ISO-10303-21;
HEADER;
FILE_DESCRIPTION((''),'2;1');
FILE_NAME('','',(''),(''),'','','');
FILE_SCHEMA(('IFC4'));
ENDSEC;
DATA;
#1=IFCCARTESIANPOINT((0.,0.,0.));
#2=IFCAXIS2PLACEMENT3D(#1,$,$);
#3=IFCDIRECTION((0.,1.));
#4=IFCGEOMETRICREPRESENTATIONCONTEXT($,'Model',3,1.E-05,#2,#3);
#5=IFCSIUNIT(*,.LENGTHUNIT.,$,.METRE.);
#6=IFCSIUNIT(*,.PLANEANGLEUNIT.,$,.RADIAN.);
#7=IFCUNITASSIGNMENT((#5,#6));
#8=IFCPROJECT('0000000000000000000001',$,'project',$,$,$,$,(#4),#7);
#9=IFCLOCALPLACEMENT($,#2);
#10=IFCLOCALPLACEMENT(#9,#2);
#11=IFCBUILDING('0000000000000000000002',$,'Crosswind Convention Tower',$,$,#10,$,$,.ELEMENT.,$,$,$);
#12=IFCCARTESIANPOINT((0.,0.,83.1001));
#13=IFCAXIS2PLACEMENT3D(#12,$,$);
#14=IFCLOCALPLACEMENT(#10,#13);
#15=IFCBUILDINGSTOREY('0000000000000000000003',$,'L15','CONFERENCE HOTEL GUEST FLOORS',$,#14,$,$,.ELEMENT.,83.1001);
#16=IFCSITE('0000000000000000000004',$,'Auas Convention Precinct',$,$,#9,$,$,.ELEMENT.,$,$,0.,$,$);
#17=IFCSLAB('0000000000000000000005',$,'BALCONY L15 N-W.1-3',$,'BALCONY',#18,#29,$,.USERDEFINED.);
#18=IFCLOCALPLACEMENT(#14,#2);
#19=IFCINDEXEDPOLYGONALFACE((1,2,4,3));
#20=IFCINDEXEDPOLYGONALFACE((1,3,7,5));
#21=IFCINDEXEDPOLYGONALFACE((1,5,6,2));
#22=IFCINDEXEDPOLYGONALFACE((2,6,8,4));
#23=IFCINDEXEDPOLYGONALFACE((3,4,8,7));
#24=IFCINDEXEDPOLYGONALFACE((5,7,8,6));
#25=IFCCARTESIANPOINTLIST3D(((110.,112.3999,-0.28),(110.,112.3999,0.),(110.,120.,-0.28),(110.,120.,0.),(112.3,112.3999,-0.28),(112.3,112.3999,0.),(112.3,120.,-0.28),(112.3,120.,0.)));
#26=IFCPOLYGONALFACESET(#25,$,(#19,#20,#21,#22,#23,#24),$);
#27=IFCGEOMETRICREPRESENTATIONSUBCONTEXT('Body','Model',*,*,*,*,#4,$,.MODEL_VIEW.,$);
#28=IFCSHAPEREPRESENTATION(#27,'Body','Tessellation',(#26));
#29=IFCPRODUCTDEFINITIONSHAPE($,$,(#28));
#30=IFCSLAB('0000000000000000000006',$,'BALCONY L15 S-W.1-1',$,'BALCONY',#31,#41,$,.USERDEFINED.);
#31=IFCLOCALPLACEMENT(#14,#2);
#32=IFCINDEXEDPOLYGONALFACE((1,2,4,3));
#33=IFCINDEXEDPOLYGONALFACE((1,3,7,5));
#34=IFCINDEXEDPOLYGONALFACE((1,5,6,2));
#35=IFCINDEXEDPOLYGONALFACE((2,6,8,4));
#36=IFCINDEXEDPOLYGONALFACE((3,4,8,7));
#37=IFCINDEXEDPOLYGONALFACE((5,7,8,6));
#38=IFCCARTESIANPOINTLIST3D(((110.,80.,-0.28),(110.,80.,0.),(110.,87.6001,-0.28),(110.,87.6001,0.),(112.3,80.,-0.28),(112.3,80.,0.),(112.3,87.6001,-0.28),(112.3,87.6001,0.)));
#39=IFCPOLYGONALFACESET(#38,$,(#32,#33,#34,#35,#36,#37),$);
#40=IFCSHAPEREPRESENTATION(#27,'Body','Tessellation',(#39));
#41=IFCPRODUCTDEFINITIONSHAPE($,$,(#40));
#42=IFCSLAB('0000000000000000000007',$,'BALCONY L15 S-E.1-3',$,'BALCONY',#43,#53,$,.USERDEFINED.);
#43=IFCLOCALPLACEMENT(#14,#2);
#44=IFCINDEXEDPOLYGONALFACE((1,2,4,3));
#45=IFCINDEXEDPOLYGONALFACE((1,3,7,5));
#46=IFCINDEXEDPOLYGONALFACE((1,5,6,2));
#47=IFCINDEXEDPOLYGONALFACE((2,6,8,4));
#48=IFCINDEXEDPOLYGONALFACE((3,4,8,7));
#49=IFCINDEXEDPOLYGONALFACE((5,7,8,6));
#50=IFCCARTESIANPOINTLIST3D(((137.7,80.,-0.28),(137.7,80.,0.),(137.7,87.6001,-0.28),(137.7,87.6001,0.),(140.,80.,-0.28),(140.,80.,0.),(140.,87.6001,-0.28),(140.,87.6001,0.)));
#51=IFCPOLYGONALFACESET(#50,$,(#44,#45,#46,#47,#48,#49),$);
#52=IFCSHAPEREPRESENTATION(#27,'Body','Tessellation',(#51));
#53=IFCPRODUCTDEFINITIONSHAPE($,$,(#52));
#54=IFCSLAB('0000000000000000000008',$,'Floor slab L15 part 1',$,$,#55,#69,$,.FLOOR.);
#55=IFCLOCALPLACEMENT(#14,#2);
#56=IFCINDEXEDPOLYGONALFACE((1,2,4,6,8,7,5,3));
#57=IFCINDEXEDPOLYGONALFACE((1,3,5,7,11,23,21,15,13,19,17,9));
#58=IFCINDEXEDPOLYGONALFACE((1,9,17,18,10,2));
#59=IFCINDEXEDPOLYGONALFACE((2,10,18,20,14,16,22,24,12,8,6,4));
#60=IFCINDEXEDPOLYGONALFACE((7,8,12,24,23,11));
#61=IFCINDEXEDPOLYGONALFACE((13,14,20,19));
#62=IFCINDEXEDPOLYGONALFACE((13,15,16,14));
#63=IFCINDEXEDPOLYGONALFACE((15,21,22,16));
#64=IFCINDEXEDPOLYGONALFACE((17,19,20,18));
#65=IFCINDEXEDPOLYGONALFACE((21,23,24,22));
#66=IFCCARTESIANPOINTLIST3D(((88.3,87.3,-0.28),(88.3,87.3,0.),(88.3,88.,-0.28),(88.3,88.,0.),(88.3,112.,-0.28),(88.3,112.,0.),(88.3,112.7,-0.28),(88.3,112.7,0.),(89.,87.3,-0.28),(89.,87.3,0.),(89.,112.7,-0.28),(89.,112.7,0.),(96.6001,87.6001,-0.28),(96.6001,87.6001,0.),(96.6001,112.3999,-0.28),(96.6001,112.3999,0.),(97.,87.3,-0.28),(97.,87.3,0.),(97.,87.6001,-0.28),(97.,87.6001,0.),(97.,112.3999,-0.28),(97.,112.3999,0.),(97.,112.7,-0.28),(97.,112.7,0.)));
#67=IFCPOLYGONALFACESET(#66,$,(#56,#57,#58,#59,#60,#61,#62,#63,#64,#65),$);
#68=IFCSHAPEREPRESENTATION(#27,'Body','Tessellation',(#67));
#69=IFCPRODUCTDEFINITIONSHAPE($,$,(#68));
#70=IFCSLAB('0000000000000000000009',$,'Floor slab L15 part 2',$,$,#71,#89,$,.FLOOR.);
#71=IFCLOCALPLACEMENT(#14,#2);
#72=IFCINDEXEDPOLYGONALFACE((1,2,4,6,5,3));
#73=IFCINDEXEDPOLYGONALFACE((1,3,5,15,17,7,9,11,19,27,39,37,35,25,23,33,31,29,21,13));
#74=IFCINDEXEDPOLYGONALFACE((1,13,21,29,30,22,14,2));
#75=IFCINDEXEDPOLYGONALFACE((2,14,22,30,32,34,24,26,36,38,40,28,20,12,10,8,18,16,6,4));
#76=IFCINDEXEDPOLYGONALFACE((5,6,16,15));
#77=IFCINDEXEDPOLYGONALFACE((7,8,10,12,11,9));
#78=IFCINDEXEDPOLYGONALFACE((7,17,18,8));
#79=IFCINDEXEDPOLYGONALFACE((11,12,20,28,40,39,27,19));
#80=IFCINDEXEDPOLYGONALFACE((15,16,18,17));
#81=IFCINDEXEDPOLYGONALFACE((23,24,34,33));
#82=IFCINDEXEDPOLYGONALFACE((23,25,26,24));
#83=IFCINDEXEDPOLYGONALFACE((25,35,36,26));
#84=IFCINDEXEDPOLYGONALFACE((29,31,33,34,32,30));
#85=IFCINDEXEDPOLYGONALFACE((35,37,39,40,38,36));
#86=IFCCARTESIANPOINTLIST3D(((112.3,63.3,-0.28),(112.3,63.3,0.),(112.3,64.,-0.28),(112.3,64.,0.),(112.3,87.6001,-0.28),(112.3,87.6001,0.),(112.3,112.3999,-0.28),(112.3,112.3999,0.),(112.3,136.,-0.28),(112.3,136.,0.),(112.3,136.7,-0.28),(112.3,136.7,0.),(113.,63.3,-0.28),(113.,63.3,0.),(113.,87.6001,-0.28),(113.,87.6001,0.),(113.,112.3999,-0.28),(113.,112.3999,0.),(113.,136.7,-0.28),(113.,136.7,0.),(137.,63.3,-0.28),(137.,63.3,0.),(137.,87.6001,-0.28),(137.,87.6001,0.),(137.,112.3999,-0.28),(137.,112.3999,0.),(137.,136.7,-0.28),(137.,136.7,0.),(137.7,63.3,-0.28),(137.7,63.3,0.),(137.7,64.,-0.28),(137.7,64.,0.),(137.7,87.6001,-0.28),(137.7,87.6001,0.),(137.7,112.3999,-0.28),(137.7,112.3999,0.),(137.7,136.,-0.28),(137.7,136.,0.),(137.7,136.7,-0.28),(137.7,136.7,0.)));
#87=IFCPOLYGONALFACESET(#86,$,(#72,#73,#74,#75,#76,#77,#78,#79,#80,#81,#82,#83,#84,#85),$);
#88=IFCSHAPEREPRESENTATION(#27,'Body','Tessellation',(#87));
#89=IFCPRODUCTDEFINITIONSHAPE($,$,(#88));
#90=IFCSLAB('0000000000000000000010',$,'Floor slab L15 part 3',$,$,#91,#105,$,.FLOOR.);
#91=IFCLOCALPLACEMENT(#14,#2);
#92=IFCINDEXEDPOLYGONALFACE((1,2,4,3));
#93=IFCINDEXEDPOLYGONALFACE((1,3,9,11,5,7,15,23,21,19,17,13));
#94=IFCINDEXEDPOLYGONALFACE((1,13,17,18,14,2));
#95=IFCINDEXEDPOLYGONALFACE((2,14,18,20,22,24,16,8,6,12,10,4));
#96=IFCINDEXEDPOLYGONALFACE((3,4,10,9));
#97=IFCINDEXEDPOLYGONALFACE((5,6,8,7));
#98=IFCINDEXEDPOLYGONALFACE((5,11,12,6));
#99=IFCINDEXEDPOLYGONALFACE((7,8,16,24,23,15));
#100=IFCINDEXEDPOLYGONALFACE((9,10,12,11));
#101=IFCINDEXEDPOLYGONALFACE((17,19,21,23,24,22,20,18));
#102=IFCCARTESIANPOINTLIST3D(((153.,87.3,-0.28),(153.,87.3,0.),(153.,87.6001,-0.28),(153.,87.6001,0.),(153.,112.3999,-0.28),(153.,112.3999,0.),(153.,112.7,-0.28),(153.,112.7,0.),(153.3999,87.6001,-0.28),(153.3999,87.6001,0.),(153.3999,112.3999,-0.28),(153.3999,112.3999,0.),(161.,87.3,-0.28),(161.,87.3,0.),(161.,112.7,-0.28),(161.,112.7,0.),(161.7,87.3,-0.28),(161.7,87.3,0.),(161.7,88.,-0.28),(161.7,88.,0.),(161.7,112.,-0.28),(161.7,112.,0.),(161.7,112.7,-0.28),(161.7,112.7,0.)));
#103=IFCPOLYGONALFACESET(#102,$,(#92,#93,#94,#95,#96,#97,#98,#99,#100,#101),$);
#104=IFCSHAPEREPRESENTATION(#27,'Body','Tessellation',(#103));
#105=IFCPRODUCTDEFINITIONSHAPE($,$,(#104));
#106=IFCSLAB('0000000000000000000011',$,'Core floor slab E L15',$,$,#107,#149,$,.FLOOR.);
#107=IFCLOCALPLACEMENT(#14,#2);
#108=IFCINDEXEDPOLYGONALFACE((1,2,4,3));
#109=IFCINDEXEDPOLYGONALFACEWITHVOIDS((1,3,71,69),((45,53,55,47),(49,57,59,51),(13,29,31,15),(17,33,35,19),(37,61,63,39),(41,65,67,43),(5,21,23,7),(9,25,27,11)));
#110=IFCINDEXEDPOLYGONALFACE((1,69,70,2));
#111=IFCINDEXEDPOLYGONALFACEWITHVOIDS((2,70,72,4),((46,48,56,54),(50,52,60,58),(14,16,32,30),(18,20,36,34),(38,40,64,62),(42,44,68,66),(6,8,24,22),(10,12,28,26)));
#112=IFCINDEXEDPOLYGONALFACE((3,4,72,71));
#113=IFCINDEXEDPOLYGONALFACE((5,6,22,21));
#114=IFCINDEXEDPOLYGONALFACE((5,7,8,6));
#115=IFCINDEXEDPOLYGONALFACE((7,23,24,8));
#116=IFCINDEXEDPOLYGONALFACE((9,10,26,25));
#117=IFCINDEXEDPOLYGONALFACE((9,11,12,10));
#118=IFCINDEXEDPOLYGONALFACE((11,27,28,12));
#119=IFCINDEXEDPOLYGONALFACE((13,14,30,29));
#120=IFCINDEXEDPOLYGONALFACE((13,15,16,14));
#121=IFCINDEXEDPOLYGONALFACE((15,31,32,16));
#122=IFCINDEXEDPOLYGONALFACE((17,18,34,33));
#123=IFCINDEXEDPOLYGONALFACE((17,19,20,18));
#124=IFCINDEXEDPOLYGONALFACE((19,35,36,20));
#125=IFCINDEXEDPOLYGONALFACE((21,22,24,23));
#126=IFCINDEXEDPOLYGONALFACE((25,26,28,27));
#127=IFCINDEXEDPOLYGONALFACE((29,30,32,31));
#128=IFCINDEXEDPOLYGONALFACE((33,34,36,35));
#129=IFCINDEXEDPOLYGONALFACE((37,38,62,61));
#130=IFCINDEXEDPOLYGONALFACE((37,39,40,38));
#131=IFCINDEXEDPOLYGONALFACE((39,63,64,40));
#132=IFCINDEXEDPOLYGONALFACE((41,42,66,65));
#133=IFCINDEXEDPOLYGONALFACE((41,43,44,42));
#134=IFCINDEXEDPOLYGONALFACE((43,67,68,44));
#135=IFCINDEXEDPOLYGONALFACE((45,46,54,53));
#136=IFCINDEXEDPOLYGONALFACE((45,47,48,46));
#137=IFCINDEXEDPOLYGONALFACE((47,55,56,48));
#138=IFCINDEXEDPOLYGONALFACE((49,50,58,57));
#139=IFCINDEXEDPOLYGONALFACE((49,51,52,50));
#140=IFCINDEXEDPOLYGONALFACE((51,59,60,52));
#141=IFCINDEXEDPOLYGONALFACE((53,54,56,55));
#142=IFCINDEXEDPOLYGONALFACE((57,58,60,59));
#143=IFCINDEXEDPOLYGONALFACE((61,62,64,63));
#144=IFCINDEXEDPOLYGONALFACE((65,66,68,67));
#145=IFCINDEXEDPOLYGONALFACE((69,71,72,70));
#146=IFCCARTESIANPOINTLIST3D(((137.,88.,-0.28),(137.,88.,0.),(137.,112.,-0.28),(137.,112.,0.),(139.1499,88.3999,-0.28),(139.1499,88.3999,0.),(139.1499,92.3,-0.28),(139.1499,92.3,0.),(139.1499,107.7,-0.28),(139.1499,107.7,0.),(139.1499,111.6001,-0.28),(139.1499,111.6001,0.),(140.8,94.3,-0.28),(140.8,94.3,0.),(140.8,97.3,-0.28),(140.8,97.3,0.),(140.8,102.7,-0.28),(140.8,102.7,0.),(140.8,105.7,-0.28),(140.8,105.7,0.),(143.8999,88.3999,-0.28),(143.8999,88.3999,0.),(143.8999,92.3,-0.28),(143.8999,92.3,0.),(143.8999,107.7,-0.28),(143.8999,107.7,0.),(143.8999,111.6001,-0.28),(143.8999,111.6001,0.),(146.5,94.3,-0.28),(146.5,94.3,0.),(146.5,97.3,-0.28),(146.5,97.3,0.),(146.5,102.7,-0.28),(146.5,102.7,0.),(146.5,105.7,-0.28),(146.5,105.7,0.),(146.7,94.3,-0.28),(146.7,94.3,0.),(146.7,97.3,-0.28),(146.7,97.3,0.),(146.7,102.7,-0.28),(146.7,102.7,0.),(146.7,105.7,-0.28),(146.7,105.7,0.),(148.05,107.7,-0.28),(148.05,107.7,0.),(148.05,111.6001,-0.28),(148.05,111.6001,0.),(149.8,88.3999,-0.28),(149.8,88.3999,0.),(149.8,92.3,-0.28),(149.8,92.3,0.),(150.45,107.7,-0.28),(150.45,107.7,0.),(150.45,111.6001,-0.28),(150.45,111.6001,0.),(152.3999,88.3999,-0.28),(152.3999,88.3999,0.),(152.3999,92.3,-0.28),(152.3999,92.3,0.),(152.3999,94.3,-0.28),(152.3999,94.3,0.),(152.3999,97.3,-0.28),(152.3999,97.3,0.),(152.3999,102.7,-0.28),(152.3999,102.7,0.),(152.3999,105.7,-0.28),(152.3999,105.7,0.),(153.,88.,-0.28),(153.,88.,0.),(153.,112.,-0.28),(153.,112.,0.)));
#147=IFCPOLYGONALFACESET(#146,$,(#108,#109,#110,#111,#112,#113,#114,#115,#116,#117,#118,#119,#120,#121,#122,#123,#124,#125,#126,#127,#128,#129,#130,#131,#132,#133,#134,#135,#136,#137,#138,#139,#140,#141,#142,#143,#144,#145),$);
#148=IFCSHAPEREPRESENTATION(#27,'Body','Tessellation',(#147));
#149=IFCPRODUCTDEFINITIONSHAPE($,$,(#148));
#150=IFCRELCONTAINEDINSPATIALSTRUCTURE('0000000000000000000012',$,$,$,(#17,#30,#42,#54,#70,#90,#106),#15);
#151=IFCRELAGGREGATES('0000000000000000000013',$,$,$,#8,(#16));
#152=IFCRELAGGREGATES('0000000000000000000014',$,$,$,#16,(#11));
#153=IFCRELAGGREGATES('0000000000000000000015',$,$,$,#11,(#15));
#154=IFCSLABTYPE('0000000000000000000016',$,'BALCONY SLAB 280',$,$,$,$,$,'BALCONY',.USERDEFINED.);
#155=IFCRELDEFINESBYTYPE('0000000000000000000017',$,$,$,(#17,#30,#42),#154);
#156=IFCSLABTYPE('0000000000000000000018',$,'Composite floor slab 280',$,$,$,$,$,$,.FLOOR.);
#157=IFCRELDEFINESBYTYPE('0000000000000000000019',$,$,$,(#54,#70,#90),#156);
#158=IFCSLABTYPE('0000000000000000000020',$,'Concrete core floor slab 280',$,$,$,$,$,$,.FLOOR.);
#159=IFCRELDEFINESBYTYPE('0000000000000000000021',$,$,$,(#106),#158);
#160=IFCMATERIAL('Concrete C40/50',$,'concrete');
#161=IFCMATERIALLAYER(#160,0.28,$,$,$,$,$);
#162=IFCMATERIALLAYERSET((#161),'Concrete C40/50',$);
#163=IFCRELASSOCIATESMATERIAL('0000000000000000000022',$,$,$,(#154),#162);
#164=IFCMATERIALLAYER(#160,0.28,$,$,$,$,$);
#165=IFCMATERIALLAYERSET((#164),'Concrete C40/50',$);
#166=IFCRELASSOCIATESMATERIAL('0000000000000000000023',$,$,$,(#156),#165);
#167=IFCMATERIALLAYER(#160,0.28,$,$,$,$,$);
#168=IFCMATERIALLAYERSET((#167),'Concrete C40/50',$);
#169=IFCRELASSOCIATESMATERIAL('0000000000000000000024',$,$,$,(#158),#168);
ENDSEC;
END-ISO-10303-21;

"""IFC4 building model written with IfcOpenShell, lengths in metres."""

from ifc_helpers import new_model, si_unit, direction, frame, origin, place, context, subcontext, project, spatial, polyline, outline, extrude, material, layer, layer_set, type_object, element, save


model = new_model("IFC4")

# Units and contexts
model_context = context("Model", 3, precision=1e-05, world=origin(), true_north=direction((0.0, 1.0)))
body_context = subcontext(model_context, "Body", "Model", "MODEL_VIEW")
ifc_project = project(units=[si_unit("LENGTHUNIT", "METRE"), si_unit("PLANEANGLEUNIT", "RADIAN")], contexts=[model_context])

# Site, building, storey
site_placement = place(None, origin())
site = spatial("IfcSite", under=ifc_project, at=site_placement, Name="Auas Convention Precinct", CompositionType="ELEMENT", RefElevation=0.0)
building_placement = place(site_placement, origin())
building = spatial("IfcBuilding", under=site, at=building_placement, Name="Crosswind Convention Tower", CompositionType="ELEMENT")
storey_placement = place(building_placement, frame((0.0, 0.0, 83.1001)))
storey = spatial("IfcBuildingStorey", under=building, at=storey_placement, Name="L15", Description="CONFERENCE HOTEL GUEST FLOORS", CompositionType="ELEMENT", Elevation=83.1001)

# Slabs
ifc_material_1 = material(Name="Concrete C40/50", Category="concrete")
ifc_layer_1 = layer(ifc_material_1, 0.28)
ifc_layer_set_1 = layer_set([ifc_layer_1], Name="Concrete C40/50")
slab_type_1 = type_object("IfcSlabType", Name="BALCONY SLAB 280", ElementType="BALCONY", PredefinedType="USERDEFINED", material=ifc_layer_set_1)
slab_1_placement = place(storey_placement, frame((0.0, 0.0, -0.28)))
element("IfcSlab", 1, at=slab_1_placement, inside=storey, type_object=slab_type_1, Name="BALCONY L15 N-W.1-3", ObjectType="BALCONY", PredefinedType="USERDEFINED", context=body_context, shape_type="SweptSolid", body=[
    extrude(outline(polyline([(112.3, 120.0), (112.3, 112.3999), (110.0, 112.3999), (110.0, 120.0), (112.3, 120.0)])), origin(), (0.0, 0.0, 1.0), 0.28),
])
slab_2_placement = place(storey_placement, frame((0.0, 0.0, -0.28)))
element("IfcSlab", 2, at=slab_2_placement, inside=storey, type_object=slab_type_1, Name="BALCONY L15 S-W.1-1", ObjectType="BALCONY", PredefinedType="USERDEFINED", context=body_context, shape_type="SweptSolid", body=[
    extrude(outline(polyline([(112.3, 87.6001), (112.3, 80.0), (110.0, 80.0), (110.0, 87.6001), (112.3, 87.6001)])), origin(), (0.0, 0.0, 1.0), 0.28),
])
slab_3_placement = place(storey_placement, frame((0.0, 0.0, -0.28)))
element("IfcSlab", 3, at=slab_3_placement, inside=storey, type_object=slab_type_1, Name="BALCONY L15 S-E.1-3", ObjectType="BALCONY", PredefinedType="USERDEFINED", context=body_context, shape_type="SweptSolid", body=[
    extrude(outline(polyline([(137.7, 80.0), (137.7, 87.6001), (140.0, 87.6001), (140.0, 80.0), (137.7, 80.0)])), origin(), (0.0, 0.0, 1.0), 0.28),
])
ifc_layer_2 = layer(ifc_material_1, 0.28)
ifc_layer_set_2 = layer_set([ifc_layer_2], Name="Concrete C40/50")
slab_type_2 = type_object("IfcSlabType", Name="Composite floor slab 280", PredefinedType="FLOOR", material=ifc_layer_set_2)
slab_4_placement = place(storey_placement, frame((0.0, 0.0, -0.28)))
element("IfcSlab", 4, at=slab_4_placement, inside=storey, type_object=slab_type_2, Name="Floor slab L15 part 1", PredefinedType="FLOOR", context=body_context, shape_type="SweptSolid", body=[
    extrude(outline(polyline([(97.0, 87.3), (89.0, 87.3), (88.3, 87.3), (88.3, 88.0), (88.3, 112.0), (88.3, 112.7), (89.0, 112.7), (97.0, 112.7), (97.0, 112.3999), (96.6001, 112.3999), (96.6001, 87.6001), (97.0, 87.6001), (97.0, 87.3)])), origin(), (0.0, 0.0, 1.0), 0.28),
])
slab_5_placement = place(storey_placement, frame((0.0, 0.0, -0.28)))
element("IfcSlab", 5, at=slab_5_placement, inside=storey, type_object=slab_type_2, Name="Floor slab L15 part 2", PredefinedType="FLOOR", context=body_context, shape_type="SweptSolid", body=[
    extrude(outline(polyline([(112.3, 87.6001), (113.0, 87.6001), (113.0, 112.3999), (112.3, 112.3999), (112.3, 136.0), (112.3, 136.7), (113.0, 136.7), (137.0, 136.7), (137.7, 136.7), (137.7, 136.0), (137.7, 112.3999), (137.0, 112.3999), (137.0, 87.6001), (137.7, 87.6001), (137.7, 64.0), (137.7, 63.3), (137.0, 63.3), (113.0, 63.3), (112.3, 63.3), (112.3, 64.0), (112.3, 87.6001)])), origin(), (0.0, 0.0, 1.0), 0.28),
])
slab_6_placement = place(storey_placement, frame((0.0, 0.0, -0.28)))
element("IfcSlab", 6, at=slab_6_placement, inside=storey, type_object=slab_type_2, Name="Floor slab L15 part 3", PredefinedType="FLOOR", context=body_context, shape_type="SweptSolid", body=[
    extrude(outline(polyline([(153.0, 112.7), (161.0, 112.7), (161.7, 112.7), (161.7, 112.0), (161.7, 88.0), (161.7, 87.3), (161.0, 87.3), (153.0, 87.3), (153.0, 87.6001), (153.3999, 87.6001), (153.3999, 112.3999), (153.0, 112.3999), (153.0, 112.7)])), origin(), (0.0, 0.0, 1.0), 0.28),
])
ifc_layer_3 = layer(ifc_material_1, 0.28)
ifc_layer_set_3 = layer_set([ifc_layer_3], Name="Concrete C40/50")
slab_type_3 = type_object("IfcSlabType", Name="Concrete core floor slab 280", PredefinedType="FLOOR", material=ifc_layer_set_3)
slab_7_placement = place(storey_placement, frame((0.0, 0.0, -0.28)))
element("IfcSlab", 7, at=slab_7_placement, inside=storey, type_object=slab_type_3, Name="Core floor slab E L15", PredefinedType="FLOOR", context=body_context, shape_type="SweptSolid", body=[
    extrude(outline(polyline([(137.0, 88.0), (153.0, 88.0), (153.0, 112.0), (137.0, 112.0), (137.0, 88.0)]), holes=[polyline([(146.5, 102.7), (146.5, 105.7), (140.8, 105.7), (140.8, 102.7), (146.5, 102.7)]), polyline([(152.3999, 102.7), (152.3999, 105.7), (146.7, 105.7), (146.7, 102.7), (152.3999, 102.7)]), polyline([(146.5, 94.3), (146.5, 97.3), (140.8, 97.3), (140.8, 94.3), (146.5, 94.3)]), polyline([(152.3999, 94.3), (152.3999, 97.3), (146.7, 97.3), (146.7, 94.3), (152.3999, 94.3)]), polyline([(150.45, 107.7), (150.45, 111.6001), (148.05, 111.6001), (148.05, 107.7), (150.45, 107.7)]), polyline([(152.3999, 88.3999), (152.3999, 92.3), (149.8, 92.3), (149.8, 88.3999), (152.3999, 88.3999)]), polyline([(143.8999, 107.7), (143.8999, 111.6001), (139.1499, 111.6001), (139.1499, 107.7), (143.8999, 107.7)]), polyline([(143.8999, 88.3999), (143.8999, 92.3), (139.1499, 92.3), (139.1499, 88.3999), (143.8999, 88.3999)])]), origin(), (0.0, 0.0, 1.0), 0.28),
])

save(model, "model.ifc")
